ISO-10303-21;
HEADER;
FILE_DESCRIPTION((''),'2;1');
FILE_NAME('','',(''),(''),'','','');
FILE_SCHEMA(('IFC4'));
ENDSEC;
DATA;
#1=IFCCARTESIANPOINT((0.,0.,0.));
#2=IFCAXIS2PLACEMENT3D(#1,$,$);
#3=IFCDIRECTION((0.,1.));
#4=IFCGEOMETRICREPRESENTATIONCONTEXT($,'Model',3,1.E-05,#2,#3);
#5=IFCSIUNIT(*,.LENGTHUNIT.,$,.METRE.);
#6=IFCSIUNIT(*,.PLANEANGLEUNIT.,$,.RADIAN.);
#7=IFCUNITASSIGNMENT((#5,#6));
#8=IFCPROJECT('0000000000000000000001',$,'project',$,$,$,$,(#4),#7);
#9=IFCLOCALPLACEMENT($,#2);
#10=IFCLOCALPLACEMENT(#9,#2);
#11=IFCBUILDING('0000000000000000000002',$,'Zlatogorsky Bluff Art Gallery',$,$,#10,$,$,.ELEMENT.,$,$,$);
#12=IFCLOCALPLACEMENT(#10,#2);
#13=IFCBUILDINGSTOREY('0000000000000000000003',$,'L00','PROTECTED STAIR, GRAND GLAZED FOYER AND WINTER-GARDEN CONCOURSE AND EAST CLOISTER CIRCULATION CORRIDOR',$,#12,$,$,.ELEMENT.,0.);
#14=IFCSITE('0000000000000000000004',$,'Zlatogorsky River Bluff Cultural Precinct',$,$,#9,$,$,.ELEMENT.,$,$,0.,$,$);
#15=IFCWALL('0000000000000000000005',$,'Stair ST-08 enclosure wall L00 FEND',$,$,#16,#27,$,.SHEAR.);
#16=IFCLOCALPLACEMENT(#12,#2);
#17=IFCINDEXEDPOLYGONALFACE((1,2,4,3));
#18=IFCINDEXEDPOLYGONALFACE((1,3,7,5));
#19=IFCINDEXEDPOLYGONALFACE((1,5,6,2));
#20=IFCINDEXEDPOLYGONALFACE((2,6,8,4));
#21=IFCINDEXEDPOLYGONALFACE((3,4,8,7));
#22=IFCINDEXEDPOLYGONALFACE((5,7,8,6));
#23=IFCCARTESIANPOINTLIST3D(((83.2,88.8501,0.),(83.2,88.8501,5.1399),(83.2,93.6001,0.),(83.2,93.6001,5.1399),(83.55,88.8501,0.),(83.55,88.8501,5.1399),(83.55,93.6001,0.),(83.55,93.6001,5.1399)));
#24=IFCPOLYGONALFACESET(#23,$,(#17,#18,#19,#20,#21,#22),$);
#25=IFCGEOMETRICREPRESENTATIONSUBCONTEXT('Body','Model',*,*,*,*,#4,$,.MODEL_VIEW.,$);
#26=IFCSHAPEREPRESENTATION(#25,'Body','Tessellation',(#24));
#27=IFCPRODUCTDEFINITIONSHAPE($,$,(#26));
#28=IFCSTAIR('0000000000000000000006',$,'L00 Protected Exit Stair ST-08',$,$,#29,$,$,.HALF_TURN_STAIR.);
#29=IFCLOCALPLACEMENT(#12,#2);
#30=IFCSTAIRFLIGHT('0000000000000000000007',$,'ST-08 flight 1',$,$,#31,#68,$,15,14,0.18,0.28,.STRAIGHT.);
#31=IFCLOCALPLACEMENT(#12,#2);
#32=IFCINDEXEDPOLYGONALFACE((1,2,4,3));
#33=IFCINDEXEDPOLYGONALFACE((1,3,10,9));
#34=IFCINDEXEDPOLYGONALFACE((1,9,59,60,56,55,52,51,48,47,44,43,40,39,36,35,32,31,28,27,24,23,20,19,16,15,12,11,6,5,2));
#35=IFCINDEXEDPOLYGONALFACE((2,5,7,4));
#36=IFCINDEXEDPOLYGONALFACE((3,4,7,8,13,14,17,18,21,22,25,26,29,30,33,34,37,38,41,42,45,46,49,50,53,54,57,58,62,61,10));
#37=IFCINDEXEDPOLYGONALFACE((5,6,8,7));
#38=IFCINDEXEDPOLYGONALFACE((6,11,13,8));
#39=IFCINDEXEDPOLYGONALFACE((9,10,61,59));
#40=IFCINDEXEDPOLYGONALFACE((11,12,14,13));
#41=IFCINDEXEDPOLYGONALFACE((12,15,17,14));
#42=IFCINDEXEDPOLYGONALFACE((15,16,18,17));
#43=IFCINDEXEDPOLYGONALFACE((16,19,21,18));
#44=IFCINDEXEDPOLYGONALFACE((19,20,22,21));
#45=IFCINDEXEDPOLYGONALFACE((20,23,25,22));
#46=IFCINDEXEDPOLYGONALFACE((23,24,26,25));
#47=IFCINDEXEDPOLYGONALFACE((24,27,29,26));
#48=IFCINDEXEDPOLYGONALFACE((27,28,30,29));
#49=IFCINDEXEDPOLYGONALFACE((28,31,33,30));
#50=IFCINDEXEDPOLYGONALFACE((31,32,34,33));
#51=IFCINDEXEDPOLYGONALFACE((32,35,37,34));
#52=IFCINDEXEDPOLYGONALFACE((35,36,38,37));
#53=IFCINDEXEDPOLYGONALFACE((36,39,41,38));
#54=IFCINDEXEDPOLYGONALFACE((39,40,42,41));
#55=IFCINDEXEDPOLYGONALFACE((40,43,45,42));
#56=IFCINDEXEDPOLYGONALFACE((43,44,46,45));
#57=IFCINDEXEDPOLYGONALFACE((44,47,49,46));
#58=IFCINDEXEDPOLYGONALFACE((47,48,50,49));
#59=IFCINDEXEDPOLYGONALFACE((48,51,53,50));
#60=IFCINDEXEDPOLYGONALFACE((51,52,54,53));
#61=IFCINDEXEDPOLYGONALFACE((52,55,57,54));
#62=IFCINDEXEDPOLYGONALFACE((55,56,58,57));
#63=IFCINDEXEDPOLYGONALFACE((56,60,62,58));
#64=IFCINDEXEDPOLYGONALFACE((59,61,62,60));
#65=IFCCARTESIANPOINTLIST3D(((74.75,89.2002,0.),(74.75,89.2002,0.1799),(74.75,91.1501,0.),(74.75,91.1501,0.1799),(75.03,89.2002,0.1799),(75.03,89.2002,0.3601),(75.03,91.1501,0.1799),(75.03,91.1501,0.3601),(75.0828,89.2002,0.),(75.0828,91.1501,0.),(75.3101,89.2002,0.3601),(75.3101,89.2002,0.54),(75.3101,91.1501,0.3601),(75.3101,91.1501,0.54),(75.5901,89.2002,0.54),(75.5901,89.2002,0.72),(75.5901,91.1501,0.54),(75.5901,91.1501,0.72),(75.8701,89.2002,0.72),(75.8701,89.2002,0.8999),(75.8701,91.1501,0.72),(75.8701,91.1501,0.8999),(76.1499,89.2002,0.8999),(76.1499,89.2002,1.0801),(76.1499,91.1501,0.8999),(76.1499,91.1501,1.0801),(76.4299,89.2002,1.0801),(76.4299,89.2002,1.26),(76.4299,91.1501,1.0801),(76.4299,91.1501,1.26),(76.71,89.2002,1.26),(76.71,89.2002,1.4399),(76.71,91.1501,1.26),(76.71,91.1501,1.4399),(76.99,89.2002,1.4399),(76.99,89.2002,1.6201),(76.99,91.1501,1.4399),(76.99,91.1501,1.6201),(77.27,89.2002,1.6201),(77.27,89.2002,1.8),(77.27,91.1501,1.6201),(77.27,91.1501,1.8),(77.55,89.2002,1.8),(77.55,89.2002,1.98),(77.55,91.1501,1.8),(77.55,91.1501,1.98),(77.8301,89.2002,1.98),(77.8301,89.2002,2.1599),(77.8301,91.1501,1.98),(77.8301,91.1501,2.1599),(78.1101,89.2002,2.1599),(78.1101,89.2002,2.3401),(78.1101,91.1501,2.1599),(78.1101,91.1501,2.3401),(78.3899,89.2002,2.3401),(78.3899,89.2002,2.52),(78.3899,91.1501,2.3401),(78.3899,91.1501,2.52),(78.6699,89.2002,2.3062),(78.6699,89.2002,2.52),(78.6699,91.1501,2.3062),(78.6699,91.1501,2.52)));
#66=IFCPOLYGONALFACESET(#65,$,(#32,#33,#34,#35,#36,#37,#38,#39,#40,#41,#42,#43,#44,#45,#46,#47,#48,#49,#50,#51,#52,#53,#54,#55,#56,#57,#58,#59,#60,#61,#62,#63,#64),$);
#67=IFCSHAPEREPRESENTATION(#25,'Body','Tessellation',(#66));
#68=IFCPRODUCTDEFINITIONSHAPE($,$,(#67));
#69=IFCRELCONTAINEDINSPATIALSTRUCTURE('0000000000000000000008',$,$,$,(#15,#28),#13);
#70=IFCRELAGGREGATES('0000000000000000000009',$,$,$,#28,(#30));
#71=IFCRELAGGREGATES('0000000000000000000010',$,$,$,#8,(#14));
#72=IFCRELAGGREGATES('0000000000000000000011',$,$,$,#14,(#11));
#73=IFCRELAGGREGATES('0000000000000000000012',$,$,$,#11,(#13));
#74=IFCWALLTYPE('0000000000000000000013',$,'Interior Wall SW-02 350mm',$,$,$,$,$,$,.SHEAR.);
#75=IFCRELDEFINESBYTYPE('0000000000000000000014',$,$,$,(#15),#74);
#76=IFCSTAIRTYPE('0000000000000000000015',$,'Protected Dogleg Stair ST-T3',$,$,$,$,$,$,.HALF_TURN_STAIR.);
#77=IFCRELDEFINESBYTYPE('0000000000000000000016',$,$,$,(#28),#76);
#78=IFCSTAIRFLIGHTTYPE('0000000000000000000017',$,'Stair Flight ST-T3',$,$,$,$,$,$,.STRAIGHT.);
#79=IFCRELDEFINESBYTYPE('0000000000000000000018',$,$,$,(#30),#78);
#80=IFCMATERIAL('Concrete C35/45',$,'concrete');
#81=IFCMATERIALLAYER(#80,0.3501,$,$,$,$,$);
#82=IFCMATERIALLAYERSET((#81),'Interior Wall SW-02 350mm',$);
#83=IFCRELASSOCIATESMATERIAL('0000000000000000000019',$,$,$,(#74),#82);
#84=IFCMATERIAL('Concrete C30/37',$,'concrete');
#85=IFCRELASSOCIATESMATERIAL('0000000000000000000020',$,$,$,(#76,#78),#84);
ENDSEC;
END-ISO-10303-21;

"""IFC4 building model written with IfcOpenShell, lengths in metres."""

from ifc_helpers import new_model, si_unit, direction, frame, frame_2d, origin, place, context, subcontext, project, spatial, polyline, rectangle, outline, extrude, material, layer, layer_set, type_object, element, aggregate, save


model = new_model("IFC4")

# Units and contexts
model_context = context("Model", 3, precision=1e-05, world=origin(), true_north=direction((0.0, 1.0)))
body_context = subcontext(model_context, "Body", "Model", "MODEL_VIEW")
ifc_project = project(units=[si_unit("LENGTHUNIT", "METRE"), si_unit("PLANEANGLEUNIT", "RADIAN")], contexts=[model_context])

# Site, building, storey
site_placement = place(None, origin())
site = spatial("IfcSite", under=ifc_project, at=site_placement, Name="Zlatogorsky River Bluff Cultural Precinct", CompositionType="ELEMENT", RefElevation=0.0)
building_placement = place(site_placement, origin())
building = spatial("IfcBuilding", under=site, at=building_placement, Name="Zlatogorsky Bluff Art Gallery", CompositionType="ELEMENT")
storey_placement = place(building_placement, origin())
storey = spatial("IfcBuildingStorey", under=building, at=storey_placement, Name="L00", Description="PROTECTED STAIR, GRAND GLAZED FOYER AND WINTER-GARDEN CONCOURSE AND EAST CLOISTER CIRCULATION CORRIDOR", CompositionType="ELEMENT", Elevation=0.0)

# Shared definitions
ifc_material_1 = material(Name="Concrete C30/37", Category="concrete")
ifc_material_2 = material(Name="Concrete C35/45", Category="concrete")
ifc_layer_1 = layer(ifc_material_2, 0.3501)
ifc_layer_set_1 = layer_set([ifc_layer_1], Name="Interior Wall SW-02 350mm")
wall_type_1 = type_object("IfcWallType", Name="Interior Wall SW-02 350mm", PredefinedType="SHEAR", material=ifc_layer_set_1)

# Wall
wall_1_placement = place(storey_placement, frame((83.375, 88.8501, 0.0), z_axis=(0.0, 0.0, 1.0), x_axis=(0.0, 1.0, 0.0)))
element("IfcWall", 1, at=wall_1_placement, inside=storey, type_object=wall_type_1, Name="Stair ST-08 enclosure wall L00 FEND", PredefinedType="SHEAR", context=body_context, shape_type="SweptSolid", body=[
    extrude(rectangle(XDim=4.75, YDim=0.3501, at=frame_2d((2.375, 0.0))), origin(), (0.0, 0.0, 1.0), 5.1399),
])

# Stair, stair flight
stair_type = type_object("IfcStairType", Name="Protected Dogleg Stair ST-T3", PredefinedType="HALF_TURN_STAIR", material=ifc_material_1)
stair_placement = place(storey_placement, origin())
stair = element("IfcStair", 2, at=stair_placement, inside=storey, type_object=stair_type, Name="L00 Protected Exit Stair ST-08", PredefinedType="HALF_TURN_STAIR")
stair_flight_type = type_object("IfcStairFlightType", Name="Stair Flight ST-T3", PredefinedType="STRAIGHT", material=ifc_material_1)
stair_flight_placement = place(storey_placement, frame((74.75, 90.175, 0.0), z_axis=(0.0, 0.0, 1.0), x_axis=(1.0, 0.0, 0.0)))
stair_flight = element("IfcStairFlight", 3, at=stair_flight_placement, type_object=stair_flight_type, Name="ST-08 flight 1", NumberOfRisers=15, NumberOfTreads=14, PredefinedType="STRAIGHT", RiserHeight=0.18, TreadLength=0.28, context=body_context, shape_type="SweptSolid", body=[
    extrude(outline(polyline([(0.0, 0.0), (0.0, 0.1799), (0.28, 0.1799), (0.28, 0.3601), (0.5601, 0.3601), (0.5601, 0.54), (0.8401, 0.54), (0.8401, 0.72), (1.1201, 0.72), (1.1201, 0.8999), (1.3999, 0.8999), (1.3999, 1.0801), (1.6799, 1.0801), (1.6799, 1.26), (1.96, 1.26), (1.96, 1.4399), (2.24, 1.4399), (2.24, 1.6201), (2.52, 1.6201), (2.52, 1.8), (2.8, 1.8), (2.8, 1.98), (3.0801, 1.98), (3.0801, 2.1599), (3.3601, 2.1599), (3.3601, 2.3401), (3.6399, 2.3401), (3.6399, 2.52), (3.9199, 2.52), (3.9199, 2.7), (3.9199, 2.3062), (0.3328, 0.0), (0.0, 0.0)])), frame((0.0, 0.9751, 0.0), z_axis=(0.0, -1.0, 0.0), x_axis=(1.0, 0.0, 0.0)), (0.0, 0.0, 1.0), 1.95),
])
aggregate(stair, [stair_flight])

save(model, "model.ifc")
